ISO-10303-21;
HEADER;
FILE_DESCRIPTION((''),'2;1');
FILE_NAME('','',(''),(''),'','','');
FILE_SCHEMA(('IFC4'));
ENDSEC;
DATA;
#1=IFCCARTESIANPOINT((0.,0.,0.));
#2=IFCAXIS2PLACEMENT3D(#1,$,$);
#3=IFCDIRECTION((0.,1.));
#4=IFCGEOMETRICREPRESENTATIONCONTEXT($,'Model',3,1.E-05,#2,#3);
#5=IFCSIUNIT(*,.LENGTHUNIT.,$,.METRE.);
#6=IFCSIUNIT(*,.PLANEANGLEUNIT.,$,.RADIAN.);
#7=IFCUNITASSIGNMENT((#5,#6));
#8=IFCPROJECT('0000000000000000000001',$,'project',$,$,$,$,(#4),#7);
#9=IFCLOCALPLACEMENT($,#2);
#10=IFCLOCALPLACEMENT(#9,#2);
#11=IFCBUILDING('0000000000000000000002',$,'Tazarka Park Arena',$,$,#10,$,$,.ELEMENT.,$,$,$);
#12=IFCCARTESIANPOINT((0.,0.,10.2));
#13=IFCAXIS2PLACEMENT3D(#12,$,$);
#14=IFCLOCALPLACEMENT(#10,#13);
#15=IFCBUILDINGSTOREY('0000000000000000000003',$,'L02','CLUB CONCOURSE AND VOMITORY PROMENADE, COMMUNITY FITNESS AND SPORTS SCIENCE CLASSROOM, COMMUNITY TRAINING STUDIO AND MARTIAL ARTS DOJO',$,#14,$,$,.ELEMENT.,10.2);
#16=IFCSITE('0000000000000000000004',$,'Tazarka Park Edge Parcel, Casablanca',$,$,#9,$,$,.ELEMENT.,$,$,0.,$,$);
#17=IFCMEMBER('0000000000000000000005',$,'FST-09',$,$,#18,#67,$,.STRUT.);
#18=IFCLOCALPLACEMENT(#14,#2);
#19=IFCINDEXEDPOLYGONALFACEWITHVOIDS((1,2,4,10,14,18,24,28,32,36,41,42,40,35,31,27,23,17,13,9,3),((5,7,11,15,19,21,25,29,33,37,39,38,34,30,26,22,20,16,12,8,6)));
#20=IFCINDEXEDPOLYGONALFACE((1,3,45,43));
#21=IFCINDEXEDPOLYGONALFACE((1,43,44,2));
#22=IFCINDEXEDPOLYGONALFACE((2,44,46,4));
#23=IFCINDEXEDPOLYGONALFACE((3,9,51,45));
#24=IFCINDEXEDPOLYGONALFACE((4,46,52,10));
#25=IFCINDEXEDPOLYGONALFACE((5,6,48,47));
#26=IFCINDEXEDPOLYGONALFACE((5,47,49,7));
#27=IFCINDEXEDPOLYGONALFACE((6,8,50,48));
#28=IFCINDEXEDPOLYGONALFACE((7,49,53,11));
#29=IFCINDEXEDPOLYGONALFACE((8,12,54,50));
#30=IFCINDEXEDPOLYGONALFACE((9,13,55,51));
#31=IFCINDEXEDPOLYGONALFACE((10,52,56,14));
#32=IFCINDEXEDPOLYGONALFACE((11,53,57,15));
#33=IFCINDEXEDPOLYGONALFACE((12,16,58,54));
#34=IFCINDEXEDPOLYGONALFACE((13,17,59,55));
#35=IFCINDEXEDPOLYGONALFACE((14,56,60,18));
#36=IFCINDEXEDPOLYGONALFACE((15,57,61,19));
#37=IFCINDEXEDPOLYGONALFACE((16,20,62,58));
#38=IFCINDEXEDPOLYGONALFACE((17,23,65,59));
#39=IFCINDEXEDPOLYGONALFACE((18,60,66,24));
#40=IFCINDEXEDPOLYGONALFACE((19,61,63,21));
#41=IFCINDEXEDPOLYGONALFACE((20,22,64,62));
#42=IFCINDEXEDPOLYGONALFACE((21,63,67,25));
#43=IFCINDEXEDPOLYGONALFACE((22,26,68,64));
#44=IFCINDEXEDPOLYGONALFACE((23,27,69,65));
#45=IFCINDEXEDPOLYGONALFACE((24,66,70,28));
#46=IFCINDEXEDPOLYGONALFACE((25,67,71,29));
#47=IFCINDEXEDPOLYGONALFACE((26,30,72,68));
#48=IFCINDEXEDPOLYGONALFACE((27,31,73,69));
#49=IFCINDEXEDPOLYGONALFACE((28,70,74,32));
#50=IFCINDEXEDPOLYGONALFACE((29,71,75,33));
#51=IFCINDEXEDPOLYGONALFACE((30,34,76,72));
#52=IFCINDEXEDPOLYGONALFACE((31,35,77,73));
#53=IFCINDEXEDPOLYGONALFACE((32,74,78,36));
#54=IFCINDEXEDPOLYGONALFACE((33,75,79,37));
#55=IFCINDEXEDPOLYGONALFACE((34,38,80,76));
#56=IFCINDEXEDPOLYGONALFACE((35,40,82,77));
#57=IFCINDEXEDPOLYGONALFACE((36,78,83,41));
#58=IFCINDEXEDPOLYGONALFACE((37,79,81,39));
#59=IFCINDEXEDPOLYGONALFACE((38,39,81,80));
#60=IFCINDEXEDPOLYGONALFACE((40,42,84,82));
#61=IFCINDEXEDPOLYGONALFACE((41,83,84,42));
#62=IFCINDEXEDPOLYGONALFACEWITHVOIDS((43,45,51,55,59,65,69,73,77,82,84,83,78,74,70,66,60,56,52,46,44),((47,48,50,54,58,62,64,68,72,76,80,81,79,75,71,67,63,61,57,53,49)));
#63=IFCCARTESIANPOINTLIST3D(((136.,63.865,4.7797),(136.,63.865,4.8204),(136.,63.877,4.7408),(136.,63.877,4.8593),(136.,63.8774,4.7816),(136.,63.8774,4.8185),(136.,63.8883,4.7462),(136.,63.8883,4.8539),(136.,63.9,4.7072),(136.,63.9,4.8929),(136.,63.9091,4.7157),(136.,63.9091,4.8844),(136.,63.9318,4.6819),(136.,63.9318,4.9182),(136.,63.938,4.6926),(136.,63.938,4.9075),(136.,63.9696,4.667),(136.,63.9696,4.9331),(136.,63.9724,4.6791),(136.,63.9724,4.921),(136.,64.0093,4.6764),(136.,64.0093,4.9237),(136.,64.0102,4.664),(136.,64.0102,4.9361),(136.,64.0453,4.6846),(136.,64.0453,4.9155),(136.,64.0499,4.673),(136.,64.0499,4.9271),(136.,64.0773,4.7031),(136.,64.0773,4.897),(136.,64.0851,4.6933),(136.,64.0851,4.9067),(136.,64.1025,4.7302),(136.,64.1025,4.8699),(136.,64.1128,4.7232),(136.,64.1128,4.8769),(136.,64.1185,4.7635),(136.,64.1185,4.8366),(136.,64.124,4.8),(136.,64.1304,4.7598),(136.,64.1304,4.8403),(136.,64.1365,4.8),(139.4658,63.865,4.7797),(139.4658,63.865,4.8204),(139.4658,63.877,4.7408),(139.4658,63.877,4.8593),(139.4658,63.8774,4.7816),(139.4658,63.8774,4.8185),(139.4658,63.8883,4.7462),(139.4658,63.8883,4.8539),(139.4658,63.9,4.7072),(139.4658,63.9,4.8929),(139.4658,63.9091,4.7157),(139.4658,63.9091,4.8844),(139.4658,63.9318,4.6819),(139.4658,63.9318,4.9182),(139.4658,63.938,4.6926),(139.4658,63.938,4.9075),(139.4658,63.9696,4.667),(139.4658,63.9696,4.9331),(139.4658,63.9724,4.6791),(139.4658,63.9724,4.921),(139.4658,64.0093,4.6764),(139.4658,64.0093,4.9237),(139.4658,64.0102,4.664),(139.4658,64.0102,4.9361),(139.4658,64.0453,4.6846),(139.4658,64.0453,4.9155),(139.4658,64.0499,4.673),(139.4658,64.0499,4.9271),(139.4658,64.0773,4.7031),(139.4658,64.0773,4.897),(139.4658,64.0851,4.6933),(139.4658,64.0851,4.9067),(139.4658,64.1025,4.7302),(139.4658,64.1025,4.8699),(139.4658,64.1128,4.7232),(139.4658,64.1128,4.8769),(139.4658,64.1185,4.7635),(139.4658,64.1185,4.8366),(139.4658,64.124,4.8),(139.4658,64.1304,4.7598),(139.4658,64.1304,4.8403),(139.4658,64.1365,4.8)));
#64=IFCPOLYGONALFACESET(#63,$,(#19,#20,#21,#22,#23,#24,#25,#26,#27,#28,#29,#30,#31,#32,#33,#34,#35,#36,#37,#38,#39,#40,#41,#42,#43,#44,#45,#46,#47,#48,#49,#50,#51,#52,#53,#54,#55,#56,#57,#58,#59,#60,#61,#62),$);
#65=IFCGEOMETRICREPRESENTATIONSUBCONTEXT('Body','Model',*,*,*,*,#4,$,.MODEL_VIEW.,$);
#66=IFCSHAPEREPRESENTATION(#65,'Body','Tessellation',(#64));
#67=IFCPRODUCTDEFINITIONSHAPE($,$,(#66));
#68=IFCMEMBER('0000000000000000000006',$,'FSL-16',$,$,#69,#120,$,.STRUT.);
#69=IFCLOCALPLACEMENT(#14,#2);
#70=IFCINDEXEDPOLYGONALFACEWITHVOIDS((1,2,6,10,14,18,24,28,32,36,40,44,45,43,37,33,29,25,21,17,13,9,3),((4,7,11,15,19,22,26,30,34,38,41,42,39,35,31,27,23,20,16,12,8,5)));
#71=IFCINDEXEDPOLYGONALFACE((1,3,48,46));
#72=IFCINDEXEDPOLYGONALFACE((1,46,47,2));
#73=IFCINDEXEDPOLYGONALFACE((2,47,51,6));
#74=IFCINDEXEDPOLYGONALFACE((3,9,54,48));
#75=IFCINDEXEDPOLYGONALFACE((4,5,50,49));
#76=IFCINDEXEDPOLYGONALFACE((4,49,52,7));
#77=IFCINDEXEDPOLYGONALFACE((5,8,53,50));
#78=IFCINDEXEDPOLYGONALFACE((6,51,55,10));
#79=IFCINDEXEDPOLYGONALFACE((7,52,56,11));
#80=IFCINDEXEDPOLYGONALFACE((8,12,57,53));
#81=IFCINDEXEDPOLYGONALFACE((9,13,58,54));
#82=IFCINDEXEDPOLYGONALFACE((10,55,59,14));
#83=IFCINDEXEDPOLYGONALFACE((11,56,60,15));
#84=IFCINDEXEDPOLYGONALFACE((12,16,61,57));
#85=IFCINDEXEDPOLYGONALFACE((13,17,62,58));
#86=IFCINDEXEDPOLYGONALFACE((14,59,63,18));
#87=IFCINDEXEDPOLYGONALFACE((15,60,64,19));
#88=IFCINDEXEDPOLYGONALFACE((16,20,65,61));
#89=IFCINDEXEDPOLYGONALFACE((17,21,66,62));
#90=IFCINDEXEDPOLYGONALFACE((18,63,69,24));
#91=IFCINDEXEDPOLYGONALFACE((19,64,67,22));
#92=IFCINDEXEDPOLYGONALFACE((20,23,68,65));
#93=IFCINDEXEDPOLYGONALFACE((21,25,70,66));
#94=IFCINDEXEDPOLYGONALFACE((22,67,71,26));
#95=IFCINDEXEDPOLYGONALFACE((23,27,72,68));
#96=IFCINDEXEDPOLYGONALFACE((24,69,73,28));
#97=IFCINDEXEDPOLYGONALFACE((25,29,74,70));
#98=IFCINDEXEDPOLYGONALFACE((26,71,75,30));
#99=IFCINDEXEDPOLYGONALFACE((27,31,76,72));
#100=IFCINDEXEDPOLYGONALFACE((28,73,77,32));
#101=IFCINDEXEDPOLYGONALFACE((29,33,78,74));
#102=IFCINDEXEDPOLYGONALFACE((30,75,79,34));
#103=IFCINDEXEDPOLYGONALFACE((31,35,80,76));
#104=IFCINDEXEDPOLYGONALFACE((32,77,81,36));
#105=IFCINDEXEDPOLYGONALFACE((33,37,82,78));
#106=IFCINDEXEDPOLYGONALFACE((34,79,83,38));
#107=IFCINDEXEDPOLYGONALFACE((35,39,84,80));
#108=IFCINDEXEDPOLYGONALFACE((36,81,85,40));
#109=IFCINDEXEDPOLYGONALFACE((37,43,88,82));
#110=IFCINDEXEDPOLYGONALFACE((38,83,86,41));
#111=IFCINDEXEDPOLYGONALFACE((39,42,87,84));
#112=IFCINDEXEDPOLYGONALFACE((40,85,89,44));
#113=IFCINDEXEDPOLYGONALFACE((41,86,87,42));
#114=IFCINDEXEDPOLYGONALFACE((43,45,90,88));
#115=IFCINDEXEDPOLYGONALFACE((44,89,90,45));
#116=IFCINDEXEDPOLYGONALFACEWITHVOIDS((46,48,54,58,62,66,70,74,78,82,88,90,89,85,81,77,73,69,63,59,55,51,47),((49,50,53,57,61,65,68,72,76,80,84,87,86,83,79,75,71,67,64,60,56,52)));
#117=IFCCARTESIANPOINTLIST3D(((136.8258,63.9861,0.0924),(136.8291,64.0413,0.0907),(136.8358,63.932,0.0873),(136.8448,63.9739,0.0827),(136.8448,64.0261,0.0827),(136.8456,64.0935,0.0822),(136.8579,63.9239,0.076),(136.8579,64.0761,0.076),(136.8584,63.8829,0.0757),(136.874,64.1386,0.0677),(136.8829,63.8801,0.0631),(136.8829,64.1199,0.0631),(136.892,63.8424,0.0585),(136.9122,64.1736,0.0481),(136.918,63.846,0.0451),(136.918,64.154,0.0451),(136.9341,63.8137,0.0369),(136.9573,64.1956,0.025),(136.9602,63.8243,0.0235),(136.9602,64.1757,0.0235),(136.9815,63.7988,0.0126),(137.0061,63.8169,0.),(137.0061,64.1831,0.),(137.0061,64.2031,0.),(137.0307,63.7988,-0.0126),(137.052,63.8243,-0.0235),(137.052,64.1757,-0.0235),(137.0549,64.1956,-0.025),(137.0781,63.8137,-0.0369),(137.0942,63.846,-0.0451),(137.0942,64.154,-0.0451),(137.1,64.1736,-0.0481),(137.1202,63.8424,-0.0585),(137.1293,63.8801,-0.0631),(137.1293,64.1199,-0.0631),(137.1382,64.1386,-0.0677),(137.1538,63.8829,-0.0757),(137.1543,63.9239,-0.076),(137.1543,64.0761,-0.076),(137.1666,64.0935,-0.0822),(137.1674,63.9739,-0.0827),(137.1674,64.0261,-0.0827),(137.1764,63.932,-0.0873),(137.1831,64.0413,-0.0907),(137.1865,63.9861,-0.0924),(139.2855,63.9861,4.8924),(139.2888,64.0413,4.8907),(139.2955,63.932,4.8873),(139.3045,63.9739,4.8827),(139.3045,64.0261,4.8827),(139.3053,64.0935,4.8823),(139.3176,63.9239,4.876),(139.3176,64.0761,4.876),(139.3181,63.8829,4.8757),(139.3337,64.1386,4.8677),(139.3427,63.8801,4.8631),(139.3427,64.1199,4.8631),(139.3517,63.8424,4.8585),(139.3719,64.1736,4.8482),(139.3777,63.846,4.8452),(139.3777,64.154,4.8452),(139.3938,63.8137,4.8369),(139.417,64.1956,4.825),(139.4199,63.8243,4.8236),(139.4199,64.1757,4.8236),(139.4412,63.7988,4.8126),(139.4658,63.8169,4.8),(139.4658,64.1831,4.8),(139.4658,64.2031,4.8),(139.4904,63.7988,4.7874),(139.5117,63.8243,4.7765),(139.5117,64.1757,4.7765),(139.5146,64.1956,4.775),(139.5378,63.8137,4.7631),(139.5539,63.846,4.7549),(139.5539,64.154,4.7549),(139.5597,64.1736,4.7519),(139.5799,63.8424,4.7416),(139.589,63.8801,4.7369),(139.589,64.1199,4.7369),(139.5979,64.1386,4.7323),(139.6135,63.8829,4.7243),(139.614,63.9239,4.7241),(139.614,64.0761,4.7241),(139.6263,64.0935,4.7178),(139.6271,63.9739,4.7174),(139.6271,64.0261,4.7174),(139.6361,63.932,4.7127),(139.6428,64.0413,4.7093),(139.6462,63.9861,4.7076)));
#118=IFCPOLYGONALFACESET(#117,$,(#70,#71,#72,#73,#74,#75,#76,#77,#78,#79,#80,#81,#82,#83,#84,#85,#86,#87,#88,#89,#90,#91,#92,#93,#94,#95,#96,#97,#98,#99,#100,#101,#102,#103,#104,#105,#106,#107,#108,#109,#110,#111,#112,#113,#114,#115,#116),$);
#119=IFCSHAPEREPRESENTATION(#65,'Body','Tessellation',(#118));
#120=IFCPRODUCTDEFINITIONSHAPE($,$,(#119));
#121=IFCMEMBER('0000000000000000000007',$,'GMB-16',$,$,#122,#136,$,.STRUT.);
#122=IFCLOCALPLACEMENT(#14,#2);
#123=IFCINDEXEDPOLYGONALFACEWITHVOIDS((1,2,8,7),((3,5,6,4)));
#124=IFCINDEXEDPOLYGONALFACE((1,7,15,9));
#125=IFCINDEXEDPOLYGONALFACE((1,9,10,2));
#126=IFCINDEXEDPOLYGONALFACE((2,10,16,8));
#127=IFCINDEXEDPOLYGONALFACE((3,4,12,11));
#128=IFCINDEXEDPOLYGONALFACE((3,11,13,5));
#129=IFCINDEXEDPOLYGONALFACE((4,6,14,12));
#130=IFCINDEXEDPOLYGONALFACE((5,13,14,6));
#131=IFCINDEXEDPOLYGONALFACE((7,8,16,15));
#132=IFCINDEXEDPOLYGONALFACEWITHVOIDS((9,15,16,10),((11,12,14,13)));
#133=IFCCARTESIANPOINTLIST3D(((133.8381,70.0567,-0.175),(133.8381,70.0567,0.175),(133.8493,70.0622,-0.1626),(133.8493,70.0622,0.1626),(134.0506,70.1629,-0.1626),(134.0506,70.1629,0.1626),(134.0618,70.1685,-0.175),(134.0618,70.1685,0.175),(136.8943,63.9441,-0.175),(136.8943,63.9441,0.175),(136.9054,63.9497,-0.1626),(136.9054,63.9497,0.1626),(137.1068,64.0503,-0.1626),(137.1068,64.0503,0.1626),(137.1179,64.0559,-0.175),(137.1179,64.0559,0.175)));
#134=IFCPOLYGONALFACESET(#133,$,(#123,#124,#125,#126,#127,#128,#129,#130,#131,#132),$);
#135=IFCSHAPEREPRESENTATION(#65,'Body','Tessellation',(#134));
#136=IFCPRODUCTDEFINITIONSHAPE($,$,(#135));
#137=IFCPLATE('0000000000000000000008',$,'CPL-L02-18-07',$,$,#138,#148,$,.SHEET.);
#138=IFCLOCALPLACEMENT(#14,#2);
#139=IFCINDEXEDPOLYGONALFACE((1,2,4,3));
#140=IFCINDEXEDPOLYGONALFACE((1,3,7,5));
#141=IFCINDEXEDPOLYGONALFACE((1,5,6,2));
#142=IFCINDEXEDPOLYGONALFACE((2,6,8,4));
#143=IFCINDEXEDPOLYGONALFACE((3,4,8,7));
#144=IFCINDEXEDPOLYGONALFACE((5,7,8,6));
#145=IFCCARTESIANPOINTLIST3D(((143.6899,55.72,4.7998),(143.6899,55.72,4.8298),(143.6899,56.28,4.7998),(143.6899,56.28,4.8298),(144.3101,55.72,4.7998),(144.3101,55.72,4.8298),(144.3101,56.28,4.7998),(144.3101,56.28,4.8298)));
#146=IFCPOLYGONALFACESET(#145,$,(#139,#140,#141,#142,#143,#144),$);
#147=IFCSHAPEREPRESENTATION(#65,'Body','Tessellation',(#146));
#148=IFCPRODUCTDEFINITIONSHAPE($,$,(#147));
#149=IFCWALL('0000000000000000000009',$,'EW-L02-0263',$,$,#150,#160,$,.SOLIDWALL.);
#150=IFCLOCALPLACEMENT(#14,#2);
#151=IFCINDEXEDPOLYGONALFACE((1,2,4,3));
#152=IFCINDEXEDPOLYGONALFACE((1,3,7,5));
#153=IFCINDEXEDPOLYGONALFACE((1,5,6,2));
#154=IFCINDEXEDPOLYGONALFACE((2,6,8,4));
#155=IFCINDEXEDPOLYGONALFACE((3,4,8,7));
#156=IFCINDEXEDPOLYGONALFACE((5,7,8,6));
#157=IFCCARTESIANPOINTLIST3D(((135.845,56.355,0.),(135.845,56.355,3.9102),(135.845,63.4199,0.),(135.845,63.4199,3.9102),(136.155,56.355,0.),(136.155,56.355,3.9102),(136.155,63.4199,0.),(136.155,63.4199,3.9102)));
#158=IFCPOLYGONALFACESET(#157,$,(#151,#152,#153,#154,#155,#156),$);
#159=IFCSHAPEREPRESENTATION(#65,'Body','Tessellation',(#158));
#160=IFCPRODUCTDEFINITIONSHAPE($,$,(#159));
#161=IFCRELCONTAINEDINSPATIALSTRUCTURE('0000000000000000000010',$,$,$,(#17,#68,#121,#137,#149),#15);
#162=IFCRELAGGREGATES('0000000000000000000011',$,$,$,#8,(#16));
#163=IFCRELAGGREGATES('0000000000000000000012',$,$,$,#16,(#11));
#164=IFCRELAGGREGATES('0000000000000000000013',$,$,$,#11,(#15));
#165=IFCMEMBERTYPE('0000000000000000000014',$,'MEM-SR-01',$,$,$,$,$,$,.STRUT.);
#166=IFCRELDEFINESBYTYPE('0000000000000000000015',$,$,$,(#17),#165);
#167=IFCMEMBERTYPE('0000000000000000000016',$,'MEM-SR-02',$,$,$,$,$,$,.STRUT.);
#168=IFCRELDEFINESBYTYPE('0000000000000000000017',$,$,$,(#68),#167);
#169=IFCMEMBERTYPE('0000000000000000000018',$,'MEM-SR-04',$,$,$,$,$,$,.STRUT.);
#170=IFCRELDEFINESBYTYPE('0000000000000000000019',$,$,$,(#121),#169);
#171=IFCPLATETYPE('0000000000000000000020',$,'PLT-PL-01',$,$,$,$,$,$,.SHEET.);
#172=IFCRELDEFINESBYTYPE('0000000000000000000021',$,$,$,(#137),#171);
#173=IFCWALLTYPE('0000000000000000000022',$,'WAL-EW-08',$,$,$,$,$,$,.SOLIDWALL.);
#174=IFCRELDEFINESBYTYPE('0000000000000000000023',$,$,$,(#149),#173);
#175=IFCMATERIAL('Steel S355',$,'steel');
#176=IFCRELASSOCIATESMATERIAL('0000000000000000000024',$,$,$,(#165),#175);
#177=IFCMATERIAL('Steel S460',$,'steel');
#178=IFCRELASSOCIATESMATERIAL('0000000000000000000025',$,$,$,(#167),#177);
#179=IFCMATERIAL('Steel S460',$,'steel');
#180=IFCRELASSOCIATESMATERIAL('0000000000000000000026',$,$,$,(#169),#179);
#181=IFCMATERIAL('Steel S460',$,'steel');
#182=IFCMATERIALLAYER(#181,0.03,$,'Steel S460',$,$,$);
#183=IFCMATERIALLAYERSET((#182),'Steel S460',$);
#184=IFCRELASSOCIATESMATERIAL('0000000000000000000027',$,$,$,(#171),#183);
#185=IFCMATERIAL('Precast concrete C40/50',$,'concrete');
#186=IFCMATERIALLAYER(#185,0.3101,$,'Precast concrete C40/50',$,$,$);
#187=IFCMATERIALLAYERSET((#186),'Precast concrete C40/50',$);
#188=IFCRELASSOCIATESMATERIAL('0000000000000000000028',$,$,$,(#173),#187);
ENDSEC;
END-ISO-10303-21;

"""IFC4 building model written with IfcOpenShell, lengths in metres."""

from ifc_helpers import new_model, si_unit, direction, frame, frame_2d, origin, origin_2d, place, context, subcontext, project, spatial, rectangle, hollow_rectangle, hollow_circle, extrude, material, layer, layer_set, material_profile, profile_set, type_object, element, save


model = new_model("IFC4")

# Units and contexts
model_context = context("Model", 3, precision=1e-05, world=origin(), true_north=direction((0.0, 1.0)))
body_context = subcontext(model_context, "Body", "Model", "MODEL_VIEW")
ifc_project = project(units=[si_unit("LENGTHUNIT", "METRE"), si_unit("PLANEANGLEUNIT", "RADIAN")], contexts=[model_context])

# Site, building, storey
site_placement = place(None, origin())
site = spatial("IfcSite", under=ifc_project, at=site_placement, Name="Tazarka Park Edge Parcel, Casablanca", CompositionType="ELEMENT", RefElevation=0.0)
building_placement = place(site_placement, origin())
building = spatial("IfcBuilding", under=site, at=building_placement, Name="Tazarka Park Arena", CompositionType="ELEMENT")
storey_placement = place(building_placement, frame((0.0, 0.0, 10.2)))
storey = spatial("IfcBuildingStorey", under=building, at=storey_placement, Name="L02", Description="CLUB CONCOURSE AND VOMITORY PROMENADE, COMMUNITY FITNESS AND SPORTS SCIENCE CLASSROOM, COMMUNITY TRAINING STUDIO AND MARTIAL ARTS DOJO", CompositionType="ELEMENT", Elevation=10.2)

# Members
ifc_material_1 = material(Name="Steel S355", Category="steel")
ifc_material_profile_1 = material_profile(ifc_material_1, hollow_circle(Radius=0.1365, WallThickness=0.0125, at=origin_2d()), Name="Steel S355")
ifc_profile_set_1 = profile_set([ifc_material_profile_1], Name="Steel S355")
member_type_1 = type_object("IfcMemberType", Name="MEM-SR-01", PredefinedType="STRUT", material=ifc_profile_set_1)
member_1_placement = place(storey_placement, frame((136.0, 64.0, 4.8), z_axis=(1.0, 0.0, 0.0), x_axis=(0.0, 1.0, 0.0)))
element("IfcMember", 1, at=member_1_placement, inside=storey, type_object=member_type_1, Name="FST-09", PredefinedType="STRUT", context=body_context, shape_type="SweptSolid", body=[
    extrude(hollow_circle(Radius=0.1365, WallThickness=0.0125, at=origin_2d()), origin(), (0.0, 0.0, 1.0), 3.4658),
])
ifc_material_2 = material(Name="Steel S460", Category="steel")
ifc_material_profile_2 = material_profile(ifc_material_2, hollow_circle(Radius=0.2031, WallThickness=0.02, at=origin_2d()), Name="Steel S460")
ifc_profile_set_2 = profile_set([ifc_material_profile_2], Name="Steel S460")
member_type_2 = type_object("IfcMemberType", Name="MEM-SR-02", PredefinedType="STRUT", material=ifc_profile_set_2)
member_2_placement = place(storey_placement, frame((137.0061, 64.0, 0.0), z_axis=(0.456046, 0.0, 0.889956), x_axis=(0.0, 1.0, 0.0)))
element("IfcMember", 2, at=member_2_placement, inside=storey, type_object=member_type_2, Name="FSL-16", PredefinedType="STRUT", context=body_context, shape_type="SweptSolid", body=[
    extrude(hollow_circle(Radius=0.2031, WallThickness=0.02, at=origin_2d()), origin(), (0.0, 0.0, 1.0), 5.3936),
])
ifc_material_3 = material(Name="Steel S460", Category="steel")
ifc_material_profile_3 = material_profile(ifc_material_3, hollow_rectangle(XDim=0.25, YDim=0.3501, WallThickness=0.0125, at=origin_2d()), Name="Steel S460")
ifc_profile_set_3 = profile_set([ifc_material_profile_3], Name="Steel S460")
member_type_3 = type_object("IfcMemberType", Name="MEM-SR-04", PredefinedType="STRUT", material=ifc_profile_set_3)
member_3_placement = place(storey_placement, frame((137.0061, 64.0, 0.0), z_axis=(-0.447199, 0.894434, 0.0), x_axis=(-0.894434, -0.447199, 0.0)))
element("IfcMember", 3, at=member_3_placement, inside=storey, type_object=member_type_3, Name="GMB-16", PredefinedType="STRUT", context=body_context, shape_type="SweptSolid", body=[
    extrude(hollow_rectangle(XDim=0.25, YDim=0.3501, WallThickness=0.0125, at=origin_2d()), origin(), (0.0, 0.0, 1.0), 6.834),
])

# Plate
ifc_material_4 = material(Name="Steel S460", Category="steel")
ifc_layer_1 = layer(ifc_material_4, 0.03, Name="Steel S460")
ifc_layer_set_1 = layer_set([ifc_layer_1], Name="Steel S460")
plate_type = type_object("IfcPlateType", Name="PLT-PL-01", PredefinedType="SHEET", material=ifc_layer_set_1)
plate_placement = place(storey_placement, frame((144.0, 56.0, 4.7998), z_axis=(0.0, 0.0, 1.0), x_axis=(1.0, 0.0, 0.0)))
element("IfcPlate", 4, at=plate_placement, inside=storey, type_object=plate_type, Name="CPL-L02-18-07", PredefinedType="SHEET", context=body_context, shape_type="SweptSolid", body=[
    extrude(rectangle(XDim=0.6201, YDim=0.5601, at=origin_2d()), origin(), (0.0, 0.0, 1.0), 0.03),
])

# Wall
ifc_material_5 = material(Name="Precast concrete C40/50", Category="concrete")
ifc_layer_2 = layer(ifc_material_5, 0.3101, Name="Precast concrete C40/50")
ifc_layer_set_2 = layer_set([ifc_layer_2], Name="Precast concrete C40/50")
wall_type_1 = type_object("IfcWallType", Name="WAL-EW-08", PredefinedType="SOLIDWALL", material=ifc_layer_set_2)
wall_1_placement = place(storey_placement, frame((136.0, 56.355, 0.0), z_axis=(0.0, 0.0, 1.0), x_axis=(0.0, 1.0, 0.0)))
element("IfcWall", 5, at=wall_1_placement, inside=storey, type_object=wall_type_1, Name="EW-L02-0263", PredefinedType="SOLIDWALL", context=body_context, shape_type="SweptSolid", body=[
    extrude(rectangle(XDim=7.0649, YDim=0.3101, at=frame_2d((3.5325, 0.0))), origin(), (0.0, 0.0, 1.0), 3.9102),
])

save(model, "model.ifc")
